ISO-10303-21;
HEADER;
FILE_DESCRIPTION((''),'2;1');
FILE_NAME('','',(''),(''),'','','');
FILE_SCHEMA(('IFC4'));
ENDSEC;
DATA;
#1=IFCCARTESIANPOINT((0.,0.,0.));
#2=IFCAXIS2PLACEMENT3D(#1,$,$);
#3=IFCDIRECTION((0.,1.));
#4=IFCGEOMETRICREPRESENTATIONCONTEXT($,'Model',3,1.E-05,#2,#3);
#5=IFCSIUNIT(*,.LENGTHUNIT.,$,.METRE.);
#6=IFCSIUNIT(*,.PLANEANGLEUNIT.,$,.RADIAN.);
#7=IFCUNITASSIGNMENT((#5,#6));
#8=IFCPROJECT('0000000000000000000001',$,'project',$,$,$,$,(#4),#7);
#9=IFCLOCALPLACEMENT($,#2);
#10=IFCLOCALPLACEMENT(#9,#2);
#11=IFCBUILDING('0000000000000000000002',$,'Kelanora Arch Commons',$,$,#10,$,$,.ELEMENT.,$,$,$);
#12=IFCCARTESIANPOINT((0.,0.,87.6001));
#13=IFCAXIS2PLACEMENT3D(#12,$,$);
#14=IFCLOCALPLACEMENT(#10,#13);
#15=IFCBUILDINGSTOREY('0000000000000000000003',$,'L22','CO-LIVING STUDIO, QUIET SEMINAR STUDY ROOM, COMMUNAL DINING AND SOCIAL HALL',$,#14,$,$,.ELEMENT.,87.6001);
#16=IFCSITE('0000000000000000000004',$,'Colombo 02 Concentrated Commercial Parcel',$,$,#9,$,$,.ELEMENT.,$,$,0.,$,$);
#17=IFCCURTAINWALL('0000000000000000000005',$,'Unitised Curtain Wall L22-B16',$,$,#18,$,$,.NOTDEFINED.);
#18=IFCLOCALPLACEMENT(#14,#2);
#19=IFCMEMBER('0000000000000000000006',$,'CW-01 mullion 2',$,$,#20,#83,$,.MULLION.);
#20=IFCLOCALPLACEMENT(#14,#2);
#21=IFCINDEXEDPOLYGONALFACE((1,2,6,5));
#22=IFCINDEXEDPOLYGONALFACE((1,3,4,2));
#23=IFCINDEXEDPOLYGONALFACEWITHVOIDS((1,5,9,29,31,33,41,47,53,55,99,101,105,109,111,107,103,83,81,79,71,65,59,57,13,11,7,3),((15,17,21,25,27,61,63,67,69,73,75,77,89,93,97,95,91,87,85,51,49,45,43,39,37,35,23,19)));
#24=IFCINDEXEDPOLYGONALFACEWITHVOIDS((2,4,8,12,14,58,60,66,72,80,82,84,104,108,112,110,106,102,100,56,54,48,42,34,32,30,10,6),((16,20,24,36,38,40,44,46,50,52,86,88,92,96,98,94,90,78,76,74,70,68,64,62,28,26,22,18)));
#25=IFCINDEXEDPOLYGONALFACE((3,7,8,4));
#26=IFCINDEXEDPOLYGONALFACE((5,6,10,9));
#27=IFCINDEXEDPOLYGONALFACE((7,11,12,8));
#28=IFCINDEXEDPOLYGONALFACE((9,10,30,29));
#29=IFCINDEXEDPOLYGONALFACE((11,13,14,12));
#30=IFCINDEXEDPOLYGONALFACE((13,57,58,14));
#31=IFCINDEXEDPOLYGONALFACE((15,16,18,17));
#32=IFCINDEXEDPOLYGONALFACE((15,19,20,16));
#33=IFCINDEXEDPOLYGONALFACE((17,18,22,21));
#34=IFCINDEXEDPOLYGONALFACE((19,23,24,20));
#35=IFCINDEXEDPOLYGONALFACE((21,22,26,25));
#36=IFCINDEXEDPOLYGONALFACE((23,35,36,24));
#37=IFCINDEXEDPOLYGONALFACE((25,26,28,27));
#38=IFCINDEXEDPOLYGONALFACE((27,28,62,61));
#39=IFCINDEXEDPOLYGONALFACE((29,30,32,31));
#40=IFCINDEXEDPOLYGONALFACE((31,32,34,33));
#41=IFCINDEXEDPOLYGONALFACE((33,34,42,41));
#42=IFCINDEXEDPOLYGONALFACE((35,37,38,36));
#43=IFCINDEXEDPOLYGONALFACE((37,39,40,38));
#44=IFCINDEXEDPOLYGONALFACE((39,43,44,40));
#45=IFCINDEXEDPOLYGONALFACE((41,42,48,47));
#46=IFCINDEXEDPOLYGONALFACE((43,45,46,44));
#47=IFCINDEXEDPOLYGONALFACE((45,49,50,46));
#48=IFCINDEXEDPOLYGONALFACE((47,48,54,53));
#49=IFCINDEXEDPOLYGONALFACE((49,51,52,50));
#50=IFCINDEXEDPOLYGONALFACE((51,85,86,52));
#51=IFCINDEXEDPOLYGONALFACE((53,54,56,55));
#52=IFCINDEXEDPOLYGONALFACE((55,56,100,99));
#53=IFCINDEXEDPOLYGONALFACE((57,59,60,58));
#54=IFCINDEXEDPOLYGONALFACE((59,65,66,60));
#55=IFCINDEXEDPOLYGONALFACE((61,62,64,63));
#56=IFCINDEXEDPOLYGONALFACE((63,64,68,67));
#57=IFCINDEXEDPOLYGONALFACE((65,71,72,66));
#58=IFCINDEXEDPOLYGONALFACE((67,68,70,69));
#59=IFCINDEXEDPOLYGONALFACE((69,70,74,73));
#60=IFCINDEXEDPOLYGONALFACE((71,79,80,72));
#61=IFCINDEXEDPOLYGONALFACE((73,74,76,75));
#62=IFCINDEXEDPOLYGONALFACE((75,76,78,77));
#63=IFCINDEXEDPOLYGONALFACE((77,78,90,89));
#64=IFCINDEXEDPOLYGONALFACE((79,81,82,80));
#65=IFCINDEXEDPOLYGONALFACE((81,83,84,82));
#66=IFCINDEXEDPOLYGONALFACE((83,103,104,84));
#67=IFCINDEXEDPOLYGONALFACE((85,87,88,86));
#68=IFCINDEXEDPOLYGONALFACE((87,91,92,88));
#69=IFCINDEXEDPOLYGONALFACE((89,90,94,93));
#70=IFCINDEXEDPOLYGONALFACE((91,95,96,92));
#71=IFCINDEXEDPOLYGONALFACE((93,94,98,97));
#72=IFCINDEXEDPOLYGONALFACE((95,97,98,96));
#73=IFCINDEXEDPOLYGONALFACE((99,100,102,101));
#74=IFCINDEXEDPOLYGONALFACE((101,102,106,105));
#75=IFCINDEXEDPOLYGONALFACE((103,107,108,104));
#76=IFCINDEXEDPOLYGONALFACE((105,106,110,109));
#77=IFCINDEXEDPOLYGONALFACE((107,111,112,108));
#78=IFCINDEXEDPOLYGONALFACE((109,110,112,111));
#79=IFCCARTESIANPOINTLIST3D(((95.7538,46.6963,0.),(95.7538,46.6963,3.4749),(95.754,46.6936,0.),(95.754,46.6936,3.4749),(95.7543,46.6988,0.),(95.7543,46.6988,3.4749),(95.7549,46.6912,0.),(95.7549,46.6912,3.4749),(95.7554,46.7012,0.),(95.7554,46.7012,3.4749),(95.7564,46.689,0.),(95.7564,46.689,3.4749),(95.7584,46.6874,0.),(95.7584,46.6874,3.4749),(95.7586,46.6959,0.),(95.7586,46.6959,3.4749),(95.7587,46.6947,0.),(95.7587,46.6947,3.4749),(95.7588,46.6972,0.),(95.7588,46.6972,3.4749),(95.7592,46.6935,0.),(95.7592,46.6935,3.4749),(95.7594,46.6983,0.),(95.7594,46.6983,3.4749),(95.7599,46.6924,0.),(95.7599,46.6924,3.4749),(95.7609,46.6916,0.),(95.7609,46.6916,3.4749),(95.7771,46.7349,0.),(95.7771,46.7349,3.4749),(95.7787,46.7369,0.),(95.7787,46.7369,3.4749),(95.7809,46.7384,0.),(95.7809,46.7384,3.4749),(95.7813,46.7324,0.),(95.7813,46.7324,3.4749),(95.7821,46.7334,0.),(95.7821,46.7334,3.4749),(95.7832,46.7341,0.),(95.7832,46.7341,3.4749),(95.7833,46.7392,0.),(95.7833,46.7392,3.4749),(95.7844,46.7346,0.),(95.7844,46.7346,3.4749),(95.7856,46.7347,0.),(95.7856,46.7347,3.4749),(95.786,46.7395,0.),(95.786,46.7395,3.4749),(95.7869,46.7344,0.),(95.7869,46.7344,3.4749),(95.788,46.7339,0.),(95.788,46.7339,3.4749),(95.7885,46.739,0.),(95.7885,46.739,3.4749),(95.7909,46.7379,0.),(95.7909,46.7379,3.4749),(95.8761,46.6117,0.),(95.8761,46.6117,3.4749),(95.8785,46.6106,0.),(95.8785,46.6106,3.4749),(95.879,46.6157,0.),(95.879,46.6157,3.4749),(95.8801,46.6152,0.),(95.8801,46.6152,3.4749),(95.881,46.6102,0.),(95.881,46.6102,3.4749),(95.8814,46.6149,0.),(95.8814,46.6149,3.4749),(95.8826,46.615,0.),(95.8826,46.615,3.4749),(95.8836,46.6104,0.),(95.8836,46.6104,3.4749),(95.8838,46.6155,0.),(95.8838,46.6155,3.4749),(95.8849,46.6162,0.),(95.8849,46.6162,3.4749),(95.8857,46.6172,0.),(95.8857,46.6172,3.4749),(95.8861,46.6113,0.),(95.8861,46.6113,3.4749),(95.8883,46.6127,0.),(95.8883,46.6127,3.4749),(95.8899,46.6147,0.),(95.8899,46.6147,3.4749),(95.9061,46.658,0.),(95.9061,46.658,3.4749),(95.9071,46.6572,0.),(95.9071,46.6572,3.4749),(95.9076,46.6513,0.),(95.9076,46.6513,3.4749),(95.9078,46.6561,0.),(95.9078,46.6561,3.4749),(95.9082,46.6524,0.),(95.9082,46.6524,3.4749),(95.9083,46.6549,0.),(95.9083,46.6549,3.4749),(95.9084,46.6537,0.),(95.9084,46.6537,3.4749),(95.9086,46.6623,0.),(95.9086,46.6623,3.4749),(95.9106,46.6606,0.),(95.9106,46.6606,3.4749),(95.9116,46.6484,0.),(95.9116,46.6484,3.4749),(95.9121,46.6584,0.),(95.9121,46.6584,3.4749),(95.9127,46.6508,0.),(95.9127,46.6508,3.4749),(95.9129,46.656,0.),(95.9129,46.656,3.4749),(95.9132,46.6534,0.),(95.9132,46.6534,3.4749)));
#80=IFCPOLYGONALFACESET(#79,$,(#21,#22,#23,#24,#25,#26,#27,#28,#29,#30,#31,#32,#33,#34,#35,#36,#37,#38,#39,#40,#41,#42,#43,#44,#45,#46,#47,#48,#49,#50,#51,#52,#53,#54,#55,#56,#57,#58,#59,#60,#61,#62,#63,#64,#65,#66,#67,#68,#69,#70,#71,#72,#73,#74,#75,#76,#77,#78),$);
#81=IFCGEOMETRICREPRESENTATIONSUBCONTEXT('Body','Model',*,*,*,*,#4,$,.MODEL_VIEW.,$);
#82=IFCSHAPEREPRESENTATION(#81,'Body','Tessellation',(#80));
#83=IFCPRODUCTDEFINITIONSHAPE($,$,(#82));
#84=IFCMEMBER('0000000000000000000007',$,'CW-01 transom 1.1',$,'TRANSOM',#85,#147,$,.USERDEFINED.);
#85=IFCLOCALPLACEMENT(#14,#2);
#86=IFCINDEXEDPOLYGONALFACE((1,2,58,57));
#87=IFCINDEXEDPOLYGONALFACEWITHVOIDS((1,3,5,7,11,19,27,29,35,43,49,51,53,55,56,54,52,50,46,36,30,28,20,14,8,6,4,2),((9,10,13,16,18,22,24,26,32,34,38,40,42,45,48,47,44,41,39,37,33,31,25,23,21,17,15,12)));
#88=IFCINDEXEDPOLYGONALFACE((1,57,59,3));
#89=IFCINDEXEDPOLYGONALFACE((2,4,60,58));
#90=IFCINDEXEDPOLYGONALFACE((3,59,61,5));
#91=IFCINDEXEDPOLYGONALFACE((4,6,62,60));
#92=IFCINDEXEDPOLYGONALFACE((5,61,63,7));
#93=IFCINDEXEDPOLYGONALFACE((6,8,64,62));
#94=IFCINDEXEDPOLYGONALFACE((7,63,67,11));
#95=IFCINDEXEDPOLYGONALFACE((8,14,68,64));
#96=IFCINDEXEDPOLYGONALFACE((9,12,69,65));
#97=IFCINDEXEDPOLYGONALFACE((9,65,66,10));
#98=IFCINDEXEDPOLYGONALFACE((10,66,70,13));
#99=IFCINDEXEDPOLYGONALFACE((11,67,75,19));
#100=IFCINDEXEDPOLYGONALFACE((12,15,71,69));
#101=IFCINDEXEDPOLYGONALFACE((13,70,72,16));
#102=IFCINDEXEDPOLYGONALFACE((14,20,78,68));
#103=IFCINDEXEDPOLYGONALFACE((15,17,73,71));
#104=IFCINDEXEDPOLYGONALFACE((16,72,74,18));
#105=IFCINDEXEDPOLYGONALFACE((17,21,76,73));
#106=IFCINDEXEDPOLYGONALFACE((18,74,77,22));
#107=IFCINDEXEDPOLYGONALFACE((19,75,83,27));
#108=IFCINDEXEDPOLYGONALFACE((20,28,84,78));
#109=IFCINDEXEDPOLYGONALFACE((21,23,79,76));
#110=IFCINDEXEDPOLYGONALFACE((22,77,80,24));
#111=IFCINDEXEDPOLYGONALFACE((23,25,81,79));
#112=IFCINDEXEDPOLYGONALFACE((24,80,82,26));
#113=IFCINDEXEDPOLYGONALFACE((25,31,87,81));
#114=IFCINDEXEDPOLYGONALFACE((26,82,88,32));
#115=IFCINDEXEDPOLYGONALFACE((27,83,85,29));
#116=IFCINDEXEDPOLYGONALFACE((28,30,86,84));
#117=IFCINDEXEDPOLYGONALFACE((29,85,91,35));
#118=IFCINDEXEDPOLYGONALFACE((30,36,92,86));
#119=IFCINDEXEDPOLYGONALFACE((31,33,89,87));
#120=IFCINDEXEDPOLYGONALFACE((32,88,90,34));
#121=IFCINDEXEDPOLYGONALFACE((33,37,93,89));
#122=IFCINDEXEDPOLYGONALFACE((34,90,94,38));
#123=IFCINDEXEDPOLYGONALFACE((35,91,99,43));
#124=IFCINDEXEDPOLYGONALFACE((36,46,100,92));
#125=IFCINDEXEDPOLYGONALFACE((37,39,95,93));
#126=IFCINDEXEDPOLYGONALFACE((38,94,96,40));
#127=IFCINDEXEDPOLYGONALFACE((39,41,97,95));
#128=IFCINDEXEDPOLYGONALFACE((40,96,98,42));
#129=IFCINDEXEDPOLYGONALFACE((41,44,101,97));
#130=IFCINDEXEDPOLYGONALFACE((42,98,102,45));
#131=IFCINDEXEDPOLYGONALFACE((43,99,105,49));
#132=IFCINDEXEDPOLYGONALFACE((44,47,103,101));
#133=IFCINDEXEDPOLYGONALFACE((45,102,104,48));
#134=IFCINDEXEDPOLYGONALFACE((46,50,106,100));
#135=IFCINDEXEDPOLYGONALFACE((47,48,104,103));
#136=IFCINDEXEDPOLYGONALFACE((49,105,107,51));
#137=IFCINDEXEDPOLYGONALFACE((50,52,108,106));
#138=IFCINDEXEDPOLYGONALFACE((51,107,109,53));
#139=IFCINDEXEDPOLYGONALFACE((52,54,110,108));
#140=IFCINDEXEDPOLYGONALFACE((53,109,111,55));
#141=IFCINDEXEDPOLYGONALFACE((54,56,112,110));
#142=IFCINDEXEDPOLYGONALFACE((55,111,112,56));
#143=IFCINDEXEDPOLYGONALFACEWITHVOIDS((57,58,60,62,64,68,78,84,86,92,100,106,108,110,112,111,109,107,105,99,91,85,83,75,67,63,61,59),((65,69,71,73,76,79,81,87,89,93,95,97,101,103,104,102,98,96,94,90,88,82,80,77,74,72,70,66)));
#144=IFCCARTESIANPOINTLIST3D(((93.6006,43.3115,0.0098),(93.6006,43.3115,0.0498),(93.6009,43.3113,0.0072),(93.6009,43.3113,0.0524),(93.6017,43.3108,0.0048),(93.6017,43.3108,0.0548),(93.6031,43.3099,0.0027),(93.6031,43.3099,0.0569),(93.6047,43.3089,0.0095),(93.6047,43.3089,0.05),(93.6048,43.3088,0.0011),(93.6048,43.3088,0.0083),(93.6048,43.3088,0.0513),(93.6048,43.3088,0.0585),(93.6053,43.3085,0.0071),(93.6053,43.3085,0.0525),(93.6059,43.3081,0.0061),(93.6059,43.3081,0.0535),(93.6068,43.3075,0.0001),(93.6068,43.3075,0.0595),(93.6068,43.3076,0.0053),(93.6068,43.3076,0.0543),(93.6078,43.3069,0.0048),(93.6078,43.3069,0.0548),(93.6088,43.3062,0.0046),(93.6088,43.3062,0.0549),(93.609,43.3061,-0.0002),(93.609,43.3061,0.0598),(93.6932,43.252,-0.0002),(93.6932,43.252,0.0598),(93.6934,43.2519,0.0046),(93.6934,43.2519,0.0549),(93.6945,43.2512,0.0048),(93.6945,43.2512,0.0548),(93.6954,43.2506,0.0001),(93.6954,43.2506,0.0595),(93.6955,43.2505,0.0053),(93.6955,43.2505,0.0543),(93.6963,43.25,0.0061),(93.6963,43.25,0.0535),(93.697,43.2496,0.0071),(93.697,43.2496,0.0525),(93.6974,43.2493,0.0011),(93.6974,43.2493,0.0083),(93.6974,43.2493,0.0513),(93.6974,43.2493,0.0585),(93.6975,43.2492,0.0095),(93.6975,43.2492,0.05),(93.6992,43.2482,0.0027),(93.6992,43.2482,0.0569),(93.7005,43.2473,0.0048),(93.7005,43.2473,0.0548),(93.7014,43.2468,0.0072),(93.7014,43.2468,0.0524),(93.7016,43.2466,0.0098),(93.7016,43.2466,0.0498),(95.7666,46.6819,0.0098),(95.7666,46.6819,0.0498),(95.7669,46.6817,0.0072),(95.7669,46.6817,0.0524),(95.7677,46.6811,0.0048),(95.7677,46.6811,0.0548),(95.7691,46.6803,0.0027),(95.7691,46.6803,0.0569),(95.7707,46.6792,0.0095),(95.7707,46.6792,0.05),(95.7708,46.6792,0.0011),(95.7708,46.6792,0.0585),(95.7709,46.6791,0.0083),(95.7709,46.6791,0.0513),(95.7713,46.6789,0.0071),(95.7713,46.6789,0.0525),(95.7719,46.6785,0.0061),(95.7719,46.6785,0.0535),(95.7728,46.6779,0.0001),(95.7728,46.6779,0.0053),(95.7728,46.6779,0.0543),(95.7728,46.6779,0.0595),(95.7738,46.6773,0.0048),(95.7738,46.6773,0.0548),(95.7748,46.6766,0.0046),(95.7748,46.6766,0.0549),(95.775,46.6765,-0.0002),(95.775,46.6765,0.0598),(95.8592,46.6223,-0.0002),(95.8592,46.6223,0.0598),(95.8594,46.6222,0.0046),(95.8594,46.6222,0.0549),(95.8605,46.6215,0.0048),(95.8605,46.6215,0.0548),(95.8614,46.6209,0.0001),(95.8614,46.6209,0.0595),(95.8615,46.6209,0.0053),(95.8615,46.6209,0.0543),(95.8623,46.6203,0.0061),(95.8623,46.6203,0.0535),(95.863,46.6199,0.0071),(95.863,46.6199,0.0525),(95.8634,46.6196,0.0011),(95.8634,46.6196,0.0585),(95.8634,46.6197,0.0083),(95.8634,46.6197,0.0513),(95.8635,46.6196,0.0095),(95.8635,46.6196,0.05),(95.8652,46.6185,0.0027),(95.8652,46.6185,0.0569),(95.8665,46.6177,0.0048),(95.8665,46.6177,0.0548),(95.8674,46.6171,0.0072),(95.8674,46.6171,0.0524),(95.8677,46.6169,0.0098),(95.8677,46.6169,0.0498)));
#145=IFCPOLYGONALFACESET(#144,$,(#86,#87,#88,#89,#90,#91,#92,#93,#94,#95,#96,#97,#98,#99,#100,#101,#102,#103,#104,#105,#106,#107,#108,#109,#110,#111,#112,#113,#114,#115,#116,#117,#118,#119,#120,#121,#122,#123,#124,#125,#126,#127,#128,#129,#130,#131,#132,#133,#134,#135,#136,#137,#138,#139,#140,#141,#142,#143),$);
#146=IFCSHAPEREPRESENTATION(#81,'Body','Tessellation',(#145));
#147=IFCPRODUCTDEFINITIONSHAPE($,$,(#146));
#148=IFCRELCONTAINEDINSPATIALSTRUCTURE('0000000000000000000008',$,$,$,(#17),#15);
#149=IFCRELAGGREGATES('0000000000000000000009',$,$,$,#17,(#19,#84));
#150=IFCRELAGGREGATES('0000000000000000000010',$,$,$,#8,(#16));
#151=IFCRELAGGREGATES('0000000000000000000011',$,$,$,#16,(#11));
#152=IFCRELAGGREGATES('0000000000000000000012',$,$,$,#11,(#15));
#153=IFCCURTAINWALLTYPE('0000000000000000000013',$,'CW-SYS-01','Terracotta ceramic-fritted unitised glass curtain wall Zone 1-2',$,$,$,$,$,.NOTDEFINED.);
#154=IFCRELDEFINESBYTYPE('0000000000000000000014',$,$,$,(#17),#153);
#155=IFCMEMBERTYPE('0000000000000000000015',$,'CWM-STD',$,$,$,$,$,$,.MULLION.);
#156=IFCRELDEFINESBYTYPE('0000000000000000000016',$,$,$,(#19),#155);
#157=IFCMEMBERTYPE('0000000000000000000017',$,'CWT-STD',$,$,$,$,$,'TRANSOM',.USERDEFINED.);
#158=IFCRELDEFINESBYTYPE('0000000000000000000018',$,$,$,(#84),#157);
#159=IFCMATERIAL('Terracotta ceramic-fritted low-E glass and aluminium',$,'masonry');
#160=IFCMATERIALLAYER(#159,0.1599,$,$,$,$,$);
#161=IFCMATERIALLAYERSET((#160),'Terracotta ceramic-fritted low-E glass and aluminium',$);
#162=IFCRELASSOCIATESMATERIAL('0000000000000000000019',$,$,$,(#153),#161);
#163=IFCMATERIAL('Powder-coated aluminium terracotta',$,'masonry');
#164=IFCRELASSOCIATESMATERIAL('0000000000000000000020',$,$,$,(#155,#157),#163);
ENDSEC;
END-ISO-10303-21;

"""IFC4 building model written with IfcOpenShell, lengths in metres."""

from ifc_helpers import new_model, si_unit, direction, frame, origin, origin_2d, place, context, subcontext, project, spatial, hollow_rectangle, extrude, material, layer, layer_set, material_profile, profile_set, type_object, element, aggregate, save


model = new_model("IFC4")

# Units and contexts
model_context = context("Model", 3, precision=1e-05, world=origin(), true_north=direction((0.0, 1.0)))
body_context = subcontext(model_context, "Body", "Model", "MODEL_VIEW")
ifc_project = project(units=[si_unit("LENGTHUNIT", "METRE"), si_unit("PLANEANGLEUNIT", "RADIAN")], contexts=[model_context])

# Site, building, storey
site_placement = place(None, origin())
site = spatial("IfcSite", under=ifc_project, at=site_placement, Name="Colombo 02 Concentrated Commercial Parcel", CompositionType="ELEMENT", RefElevation=0.0)
building_placement = place(site_placement, origin())
building = spatial("IfcBuilding", under=site, at=building_placement, Name="Kelanora Arch Commons", CompositionType="ELEMENT")
storey_placement = place(building_placement, frame((0.0, 0.0, 87.6001)))
storey = spatial("IfcBuildingStorey", under=building, at=storey_placement, Name="L22", Description="CO-LIVING STUDIO, QUIET SEMINAR STUDY ROOM, COMMUNAL DINING AND SOCIAL HALL", CompositionType="ELEMENT", Elevation=87.6001)

# Shared definitions
ifc_material_1 = material(Name="Terracotta ceramic-fritted low-E glass and aluminium", Category="masonry")
ifc_layer_1 = layer(ifc_material_1, 0.1599)
ifc_layer_set_1 = layer_set([ifc_layer_1], Name="Terracotta ceramic-fritted low-E glass and aluminium")
curtain_wall_type = type_object("IfcCurtainWallType", Name="CW-SYS-01", Description="Terracotta ceramic-fritted unitised glass curtain wall Zone 1-2", PredefinedType="NOTDEFINED", material=ifc_layer_set_1)
ifc_material_2 = material(Name="Powder-coated aluminium terracotta", Category="masonry")
ifc_material_profile_1 = material_profile(ifc_material_2, hollow_rectangle(XDim=0.1599, YDim=0.0601, WallThickness=0.0049, InnerFilletRadius=0.0049, OuterFilletRadius=0.01, at=origin_2d()), Name="CWM160x60")
ifc_profile_set_1 = profile_set([ifc_material_profile_1], Name="Powder-coated aluminium terracotta")
member_type_1 = type_object("IfcMemberType", Name="CWM-STD", PredefinedType="MULLION", material=ifc_profile_set_1)

# Curtain wall, members
curtain_wall_1_placement = place(storey_placement, origin())
curtain_wall_1 = element("IfcCurtainWall", 1, at=curtain_wall_1_placement, inside=storey, type_object=curtain_wall_type, Name="Unitised Curtain Wall L22-B16", PredefinedType="NOTDEFINED")
member_1_placement = place(storey_placement, frame((95.8335, 46.6748, 0.0), z_axis=(0.0, 0.0, 1.0), x_axis=(-0.841269, 0.540617, 0.0)))
member_1 = element("IfcMember", 2, at=member_1_placement, type_object=member_type_1, Name="CW-01 mullion 2", PredefinedType="MULLION", context=body_context, shape_type="SweptSolid", body=[
    extrude(hollow_rectangle(XDim=0.1599, YDim=0.0601, WallThickness=0.0049, InnerFilletRadius=0.0049, OuterFilletRadius=0.01, at=origin_2d()), origin(), (0.0, 0.0, 1.0), 3.4749),
])
ifc_material_profile_2 = material_profile(ifc_material_2, hollow_rectangle(XDim=0.1201, YDim=0.0601, WallThickness=0.0049, InnerFilletRadius=0.0049, OuterFilletRadius=0.01, at=origin_2d()), Name="CWT120x60")
ifc_profile_set_2 = profile_set([ifc_material_profile_2], Name="Powder-coated aluminium terracotta")
member_type_2 = type_object("IfcMemberType", Name="CWT-STD", ElementType="TRANSOM", PredefinedType="USERDEFINED", material=ifc_profile_set_2)
member_2_placement = place(storey_placement, frame((93.6511, 43.2791, 0.0298), z_axis=(0.540644, 0.841252, 0.0), x_axis=(-0.841252, 0.540644, 0.0)))
member_2 = element("IfcMember", 3, at=member_2_placement, type_object=member_type_2, Name="CW-01 transom 1.1", ObjectType="TRANSOM", PredefinedType="USERDEFINED", context=body_context, shape_type="SweptSolid", body=[
    extrude(hollow_rectangle(XDim=0.1201, YDim=0.0601, WallThickness=0.0049, InnerFilletRadius=0.0049, OuterFilletRadius=0.01, at=origin_2d()), origin(), (0.0, 0.0, 1.0), 4.0063),
])
aggregate(curtain_wall_1, [member_1, member_2])

save(model, "model.ifc")
